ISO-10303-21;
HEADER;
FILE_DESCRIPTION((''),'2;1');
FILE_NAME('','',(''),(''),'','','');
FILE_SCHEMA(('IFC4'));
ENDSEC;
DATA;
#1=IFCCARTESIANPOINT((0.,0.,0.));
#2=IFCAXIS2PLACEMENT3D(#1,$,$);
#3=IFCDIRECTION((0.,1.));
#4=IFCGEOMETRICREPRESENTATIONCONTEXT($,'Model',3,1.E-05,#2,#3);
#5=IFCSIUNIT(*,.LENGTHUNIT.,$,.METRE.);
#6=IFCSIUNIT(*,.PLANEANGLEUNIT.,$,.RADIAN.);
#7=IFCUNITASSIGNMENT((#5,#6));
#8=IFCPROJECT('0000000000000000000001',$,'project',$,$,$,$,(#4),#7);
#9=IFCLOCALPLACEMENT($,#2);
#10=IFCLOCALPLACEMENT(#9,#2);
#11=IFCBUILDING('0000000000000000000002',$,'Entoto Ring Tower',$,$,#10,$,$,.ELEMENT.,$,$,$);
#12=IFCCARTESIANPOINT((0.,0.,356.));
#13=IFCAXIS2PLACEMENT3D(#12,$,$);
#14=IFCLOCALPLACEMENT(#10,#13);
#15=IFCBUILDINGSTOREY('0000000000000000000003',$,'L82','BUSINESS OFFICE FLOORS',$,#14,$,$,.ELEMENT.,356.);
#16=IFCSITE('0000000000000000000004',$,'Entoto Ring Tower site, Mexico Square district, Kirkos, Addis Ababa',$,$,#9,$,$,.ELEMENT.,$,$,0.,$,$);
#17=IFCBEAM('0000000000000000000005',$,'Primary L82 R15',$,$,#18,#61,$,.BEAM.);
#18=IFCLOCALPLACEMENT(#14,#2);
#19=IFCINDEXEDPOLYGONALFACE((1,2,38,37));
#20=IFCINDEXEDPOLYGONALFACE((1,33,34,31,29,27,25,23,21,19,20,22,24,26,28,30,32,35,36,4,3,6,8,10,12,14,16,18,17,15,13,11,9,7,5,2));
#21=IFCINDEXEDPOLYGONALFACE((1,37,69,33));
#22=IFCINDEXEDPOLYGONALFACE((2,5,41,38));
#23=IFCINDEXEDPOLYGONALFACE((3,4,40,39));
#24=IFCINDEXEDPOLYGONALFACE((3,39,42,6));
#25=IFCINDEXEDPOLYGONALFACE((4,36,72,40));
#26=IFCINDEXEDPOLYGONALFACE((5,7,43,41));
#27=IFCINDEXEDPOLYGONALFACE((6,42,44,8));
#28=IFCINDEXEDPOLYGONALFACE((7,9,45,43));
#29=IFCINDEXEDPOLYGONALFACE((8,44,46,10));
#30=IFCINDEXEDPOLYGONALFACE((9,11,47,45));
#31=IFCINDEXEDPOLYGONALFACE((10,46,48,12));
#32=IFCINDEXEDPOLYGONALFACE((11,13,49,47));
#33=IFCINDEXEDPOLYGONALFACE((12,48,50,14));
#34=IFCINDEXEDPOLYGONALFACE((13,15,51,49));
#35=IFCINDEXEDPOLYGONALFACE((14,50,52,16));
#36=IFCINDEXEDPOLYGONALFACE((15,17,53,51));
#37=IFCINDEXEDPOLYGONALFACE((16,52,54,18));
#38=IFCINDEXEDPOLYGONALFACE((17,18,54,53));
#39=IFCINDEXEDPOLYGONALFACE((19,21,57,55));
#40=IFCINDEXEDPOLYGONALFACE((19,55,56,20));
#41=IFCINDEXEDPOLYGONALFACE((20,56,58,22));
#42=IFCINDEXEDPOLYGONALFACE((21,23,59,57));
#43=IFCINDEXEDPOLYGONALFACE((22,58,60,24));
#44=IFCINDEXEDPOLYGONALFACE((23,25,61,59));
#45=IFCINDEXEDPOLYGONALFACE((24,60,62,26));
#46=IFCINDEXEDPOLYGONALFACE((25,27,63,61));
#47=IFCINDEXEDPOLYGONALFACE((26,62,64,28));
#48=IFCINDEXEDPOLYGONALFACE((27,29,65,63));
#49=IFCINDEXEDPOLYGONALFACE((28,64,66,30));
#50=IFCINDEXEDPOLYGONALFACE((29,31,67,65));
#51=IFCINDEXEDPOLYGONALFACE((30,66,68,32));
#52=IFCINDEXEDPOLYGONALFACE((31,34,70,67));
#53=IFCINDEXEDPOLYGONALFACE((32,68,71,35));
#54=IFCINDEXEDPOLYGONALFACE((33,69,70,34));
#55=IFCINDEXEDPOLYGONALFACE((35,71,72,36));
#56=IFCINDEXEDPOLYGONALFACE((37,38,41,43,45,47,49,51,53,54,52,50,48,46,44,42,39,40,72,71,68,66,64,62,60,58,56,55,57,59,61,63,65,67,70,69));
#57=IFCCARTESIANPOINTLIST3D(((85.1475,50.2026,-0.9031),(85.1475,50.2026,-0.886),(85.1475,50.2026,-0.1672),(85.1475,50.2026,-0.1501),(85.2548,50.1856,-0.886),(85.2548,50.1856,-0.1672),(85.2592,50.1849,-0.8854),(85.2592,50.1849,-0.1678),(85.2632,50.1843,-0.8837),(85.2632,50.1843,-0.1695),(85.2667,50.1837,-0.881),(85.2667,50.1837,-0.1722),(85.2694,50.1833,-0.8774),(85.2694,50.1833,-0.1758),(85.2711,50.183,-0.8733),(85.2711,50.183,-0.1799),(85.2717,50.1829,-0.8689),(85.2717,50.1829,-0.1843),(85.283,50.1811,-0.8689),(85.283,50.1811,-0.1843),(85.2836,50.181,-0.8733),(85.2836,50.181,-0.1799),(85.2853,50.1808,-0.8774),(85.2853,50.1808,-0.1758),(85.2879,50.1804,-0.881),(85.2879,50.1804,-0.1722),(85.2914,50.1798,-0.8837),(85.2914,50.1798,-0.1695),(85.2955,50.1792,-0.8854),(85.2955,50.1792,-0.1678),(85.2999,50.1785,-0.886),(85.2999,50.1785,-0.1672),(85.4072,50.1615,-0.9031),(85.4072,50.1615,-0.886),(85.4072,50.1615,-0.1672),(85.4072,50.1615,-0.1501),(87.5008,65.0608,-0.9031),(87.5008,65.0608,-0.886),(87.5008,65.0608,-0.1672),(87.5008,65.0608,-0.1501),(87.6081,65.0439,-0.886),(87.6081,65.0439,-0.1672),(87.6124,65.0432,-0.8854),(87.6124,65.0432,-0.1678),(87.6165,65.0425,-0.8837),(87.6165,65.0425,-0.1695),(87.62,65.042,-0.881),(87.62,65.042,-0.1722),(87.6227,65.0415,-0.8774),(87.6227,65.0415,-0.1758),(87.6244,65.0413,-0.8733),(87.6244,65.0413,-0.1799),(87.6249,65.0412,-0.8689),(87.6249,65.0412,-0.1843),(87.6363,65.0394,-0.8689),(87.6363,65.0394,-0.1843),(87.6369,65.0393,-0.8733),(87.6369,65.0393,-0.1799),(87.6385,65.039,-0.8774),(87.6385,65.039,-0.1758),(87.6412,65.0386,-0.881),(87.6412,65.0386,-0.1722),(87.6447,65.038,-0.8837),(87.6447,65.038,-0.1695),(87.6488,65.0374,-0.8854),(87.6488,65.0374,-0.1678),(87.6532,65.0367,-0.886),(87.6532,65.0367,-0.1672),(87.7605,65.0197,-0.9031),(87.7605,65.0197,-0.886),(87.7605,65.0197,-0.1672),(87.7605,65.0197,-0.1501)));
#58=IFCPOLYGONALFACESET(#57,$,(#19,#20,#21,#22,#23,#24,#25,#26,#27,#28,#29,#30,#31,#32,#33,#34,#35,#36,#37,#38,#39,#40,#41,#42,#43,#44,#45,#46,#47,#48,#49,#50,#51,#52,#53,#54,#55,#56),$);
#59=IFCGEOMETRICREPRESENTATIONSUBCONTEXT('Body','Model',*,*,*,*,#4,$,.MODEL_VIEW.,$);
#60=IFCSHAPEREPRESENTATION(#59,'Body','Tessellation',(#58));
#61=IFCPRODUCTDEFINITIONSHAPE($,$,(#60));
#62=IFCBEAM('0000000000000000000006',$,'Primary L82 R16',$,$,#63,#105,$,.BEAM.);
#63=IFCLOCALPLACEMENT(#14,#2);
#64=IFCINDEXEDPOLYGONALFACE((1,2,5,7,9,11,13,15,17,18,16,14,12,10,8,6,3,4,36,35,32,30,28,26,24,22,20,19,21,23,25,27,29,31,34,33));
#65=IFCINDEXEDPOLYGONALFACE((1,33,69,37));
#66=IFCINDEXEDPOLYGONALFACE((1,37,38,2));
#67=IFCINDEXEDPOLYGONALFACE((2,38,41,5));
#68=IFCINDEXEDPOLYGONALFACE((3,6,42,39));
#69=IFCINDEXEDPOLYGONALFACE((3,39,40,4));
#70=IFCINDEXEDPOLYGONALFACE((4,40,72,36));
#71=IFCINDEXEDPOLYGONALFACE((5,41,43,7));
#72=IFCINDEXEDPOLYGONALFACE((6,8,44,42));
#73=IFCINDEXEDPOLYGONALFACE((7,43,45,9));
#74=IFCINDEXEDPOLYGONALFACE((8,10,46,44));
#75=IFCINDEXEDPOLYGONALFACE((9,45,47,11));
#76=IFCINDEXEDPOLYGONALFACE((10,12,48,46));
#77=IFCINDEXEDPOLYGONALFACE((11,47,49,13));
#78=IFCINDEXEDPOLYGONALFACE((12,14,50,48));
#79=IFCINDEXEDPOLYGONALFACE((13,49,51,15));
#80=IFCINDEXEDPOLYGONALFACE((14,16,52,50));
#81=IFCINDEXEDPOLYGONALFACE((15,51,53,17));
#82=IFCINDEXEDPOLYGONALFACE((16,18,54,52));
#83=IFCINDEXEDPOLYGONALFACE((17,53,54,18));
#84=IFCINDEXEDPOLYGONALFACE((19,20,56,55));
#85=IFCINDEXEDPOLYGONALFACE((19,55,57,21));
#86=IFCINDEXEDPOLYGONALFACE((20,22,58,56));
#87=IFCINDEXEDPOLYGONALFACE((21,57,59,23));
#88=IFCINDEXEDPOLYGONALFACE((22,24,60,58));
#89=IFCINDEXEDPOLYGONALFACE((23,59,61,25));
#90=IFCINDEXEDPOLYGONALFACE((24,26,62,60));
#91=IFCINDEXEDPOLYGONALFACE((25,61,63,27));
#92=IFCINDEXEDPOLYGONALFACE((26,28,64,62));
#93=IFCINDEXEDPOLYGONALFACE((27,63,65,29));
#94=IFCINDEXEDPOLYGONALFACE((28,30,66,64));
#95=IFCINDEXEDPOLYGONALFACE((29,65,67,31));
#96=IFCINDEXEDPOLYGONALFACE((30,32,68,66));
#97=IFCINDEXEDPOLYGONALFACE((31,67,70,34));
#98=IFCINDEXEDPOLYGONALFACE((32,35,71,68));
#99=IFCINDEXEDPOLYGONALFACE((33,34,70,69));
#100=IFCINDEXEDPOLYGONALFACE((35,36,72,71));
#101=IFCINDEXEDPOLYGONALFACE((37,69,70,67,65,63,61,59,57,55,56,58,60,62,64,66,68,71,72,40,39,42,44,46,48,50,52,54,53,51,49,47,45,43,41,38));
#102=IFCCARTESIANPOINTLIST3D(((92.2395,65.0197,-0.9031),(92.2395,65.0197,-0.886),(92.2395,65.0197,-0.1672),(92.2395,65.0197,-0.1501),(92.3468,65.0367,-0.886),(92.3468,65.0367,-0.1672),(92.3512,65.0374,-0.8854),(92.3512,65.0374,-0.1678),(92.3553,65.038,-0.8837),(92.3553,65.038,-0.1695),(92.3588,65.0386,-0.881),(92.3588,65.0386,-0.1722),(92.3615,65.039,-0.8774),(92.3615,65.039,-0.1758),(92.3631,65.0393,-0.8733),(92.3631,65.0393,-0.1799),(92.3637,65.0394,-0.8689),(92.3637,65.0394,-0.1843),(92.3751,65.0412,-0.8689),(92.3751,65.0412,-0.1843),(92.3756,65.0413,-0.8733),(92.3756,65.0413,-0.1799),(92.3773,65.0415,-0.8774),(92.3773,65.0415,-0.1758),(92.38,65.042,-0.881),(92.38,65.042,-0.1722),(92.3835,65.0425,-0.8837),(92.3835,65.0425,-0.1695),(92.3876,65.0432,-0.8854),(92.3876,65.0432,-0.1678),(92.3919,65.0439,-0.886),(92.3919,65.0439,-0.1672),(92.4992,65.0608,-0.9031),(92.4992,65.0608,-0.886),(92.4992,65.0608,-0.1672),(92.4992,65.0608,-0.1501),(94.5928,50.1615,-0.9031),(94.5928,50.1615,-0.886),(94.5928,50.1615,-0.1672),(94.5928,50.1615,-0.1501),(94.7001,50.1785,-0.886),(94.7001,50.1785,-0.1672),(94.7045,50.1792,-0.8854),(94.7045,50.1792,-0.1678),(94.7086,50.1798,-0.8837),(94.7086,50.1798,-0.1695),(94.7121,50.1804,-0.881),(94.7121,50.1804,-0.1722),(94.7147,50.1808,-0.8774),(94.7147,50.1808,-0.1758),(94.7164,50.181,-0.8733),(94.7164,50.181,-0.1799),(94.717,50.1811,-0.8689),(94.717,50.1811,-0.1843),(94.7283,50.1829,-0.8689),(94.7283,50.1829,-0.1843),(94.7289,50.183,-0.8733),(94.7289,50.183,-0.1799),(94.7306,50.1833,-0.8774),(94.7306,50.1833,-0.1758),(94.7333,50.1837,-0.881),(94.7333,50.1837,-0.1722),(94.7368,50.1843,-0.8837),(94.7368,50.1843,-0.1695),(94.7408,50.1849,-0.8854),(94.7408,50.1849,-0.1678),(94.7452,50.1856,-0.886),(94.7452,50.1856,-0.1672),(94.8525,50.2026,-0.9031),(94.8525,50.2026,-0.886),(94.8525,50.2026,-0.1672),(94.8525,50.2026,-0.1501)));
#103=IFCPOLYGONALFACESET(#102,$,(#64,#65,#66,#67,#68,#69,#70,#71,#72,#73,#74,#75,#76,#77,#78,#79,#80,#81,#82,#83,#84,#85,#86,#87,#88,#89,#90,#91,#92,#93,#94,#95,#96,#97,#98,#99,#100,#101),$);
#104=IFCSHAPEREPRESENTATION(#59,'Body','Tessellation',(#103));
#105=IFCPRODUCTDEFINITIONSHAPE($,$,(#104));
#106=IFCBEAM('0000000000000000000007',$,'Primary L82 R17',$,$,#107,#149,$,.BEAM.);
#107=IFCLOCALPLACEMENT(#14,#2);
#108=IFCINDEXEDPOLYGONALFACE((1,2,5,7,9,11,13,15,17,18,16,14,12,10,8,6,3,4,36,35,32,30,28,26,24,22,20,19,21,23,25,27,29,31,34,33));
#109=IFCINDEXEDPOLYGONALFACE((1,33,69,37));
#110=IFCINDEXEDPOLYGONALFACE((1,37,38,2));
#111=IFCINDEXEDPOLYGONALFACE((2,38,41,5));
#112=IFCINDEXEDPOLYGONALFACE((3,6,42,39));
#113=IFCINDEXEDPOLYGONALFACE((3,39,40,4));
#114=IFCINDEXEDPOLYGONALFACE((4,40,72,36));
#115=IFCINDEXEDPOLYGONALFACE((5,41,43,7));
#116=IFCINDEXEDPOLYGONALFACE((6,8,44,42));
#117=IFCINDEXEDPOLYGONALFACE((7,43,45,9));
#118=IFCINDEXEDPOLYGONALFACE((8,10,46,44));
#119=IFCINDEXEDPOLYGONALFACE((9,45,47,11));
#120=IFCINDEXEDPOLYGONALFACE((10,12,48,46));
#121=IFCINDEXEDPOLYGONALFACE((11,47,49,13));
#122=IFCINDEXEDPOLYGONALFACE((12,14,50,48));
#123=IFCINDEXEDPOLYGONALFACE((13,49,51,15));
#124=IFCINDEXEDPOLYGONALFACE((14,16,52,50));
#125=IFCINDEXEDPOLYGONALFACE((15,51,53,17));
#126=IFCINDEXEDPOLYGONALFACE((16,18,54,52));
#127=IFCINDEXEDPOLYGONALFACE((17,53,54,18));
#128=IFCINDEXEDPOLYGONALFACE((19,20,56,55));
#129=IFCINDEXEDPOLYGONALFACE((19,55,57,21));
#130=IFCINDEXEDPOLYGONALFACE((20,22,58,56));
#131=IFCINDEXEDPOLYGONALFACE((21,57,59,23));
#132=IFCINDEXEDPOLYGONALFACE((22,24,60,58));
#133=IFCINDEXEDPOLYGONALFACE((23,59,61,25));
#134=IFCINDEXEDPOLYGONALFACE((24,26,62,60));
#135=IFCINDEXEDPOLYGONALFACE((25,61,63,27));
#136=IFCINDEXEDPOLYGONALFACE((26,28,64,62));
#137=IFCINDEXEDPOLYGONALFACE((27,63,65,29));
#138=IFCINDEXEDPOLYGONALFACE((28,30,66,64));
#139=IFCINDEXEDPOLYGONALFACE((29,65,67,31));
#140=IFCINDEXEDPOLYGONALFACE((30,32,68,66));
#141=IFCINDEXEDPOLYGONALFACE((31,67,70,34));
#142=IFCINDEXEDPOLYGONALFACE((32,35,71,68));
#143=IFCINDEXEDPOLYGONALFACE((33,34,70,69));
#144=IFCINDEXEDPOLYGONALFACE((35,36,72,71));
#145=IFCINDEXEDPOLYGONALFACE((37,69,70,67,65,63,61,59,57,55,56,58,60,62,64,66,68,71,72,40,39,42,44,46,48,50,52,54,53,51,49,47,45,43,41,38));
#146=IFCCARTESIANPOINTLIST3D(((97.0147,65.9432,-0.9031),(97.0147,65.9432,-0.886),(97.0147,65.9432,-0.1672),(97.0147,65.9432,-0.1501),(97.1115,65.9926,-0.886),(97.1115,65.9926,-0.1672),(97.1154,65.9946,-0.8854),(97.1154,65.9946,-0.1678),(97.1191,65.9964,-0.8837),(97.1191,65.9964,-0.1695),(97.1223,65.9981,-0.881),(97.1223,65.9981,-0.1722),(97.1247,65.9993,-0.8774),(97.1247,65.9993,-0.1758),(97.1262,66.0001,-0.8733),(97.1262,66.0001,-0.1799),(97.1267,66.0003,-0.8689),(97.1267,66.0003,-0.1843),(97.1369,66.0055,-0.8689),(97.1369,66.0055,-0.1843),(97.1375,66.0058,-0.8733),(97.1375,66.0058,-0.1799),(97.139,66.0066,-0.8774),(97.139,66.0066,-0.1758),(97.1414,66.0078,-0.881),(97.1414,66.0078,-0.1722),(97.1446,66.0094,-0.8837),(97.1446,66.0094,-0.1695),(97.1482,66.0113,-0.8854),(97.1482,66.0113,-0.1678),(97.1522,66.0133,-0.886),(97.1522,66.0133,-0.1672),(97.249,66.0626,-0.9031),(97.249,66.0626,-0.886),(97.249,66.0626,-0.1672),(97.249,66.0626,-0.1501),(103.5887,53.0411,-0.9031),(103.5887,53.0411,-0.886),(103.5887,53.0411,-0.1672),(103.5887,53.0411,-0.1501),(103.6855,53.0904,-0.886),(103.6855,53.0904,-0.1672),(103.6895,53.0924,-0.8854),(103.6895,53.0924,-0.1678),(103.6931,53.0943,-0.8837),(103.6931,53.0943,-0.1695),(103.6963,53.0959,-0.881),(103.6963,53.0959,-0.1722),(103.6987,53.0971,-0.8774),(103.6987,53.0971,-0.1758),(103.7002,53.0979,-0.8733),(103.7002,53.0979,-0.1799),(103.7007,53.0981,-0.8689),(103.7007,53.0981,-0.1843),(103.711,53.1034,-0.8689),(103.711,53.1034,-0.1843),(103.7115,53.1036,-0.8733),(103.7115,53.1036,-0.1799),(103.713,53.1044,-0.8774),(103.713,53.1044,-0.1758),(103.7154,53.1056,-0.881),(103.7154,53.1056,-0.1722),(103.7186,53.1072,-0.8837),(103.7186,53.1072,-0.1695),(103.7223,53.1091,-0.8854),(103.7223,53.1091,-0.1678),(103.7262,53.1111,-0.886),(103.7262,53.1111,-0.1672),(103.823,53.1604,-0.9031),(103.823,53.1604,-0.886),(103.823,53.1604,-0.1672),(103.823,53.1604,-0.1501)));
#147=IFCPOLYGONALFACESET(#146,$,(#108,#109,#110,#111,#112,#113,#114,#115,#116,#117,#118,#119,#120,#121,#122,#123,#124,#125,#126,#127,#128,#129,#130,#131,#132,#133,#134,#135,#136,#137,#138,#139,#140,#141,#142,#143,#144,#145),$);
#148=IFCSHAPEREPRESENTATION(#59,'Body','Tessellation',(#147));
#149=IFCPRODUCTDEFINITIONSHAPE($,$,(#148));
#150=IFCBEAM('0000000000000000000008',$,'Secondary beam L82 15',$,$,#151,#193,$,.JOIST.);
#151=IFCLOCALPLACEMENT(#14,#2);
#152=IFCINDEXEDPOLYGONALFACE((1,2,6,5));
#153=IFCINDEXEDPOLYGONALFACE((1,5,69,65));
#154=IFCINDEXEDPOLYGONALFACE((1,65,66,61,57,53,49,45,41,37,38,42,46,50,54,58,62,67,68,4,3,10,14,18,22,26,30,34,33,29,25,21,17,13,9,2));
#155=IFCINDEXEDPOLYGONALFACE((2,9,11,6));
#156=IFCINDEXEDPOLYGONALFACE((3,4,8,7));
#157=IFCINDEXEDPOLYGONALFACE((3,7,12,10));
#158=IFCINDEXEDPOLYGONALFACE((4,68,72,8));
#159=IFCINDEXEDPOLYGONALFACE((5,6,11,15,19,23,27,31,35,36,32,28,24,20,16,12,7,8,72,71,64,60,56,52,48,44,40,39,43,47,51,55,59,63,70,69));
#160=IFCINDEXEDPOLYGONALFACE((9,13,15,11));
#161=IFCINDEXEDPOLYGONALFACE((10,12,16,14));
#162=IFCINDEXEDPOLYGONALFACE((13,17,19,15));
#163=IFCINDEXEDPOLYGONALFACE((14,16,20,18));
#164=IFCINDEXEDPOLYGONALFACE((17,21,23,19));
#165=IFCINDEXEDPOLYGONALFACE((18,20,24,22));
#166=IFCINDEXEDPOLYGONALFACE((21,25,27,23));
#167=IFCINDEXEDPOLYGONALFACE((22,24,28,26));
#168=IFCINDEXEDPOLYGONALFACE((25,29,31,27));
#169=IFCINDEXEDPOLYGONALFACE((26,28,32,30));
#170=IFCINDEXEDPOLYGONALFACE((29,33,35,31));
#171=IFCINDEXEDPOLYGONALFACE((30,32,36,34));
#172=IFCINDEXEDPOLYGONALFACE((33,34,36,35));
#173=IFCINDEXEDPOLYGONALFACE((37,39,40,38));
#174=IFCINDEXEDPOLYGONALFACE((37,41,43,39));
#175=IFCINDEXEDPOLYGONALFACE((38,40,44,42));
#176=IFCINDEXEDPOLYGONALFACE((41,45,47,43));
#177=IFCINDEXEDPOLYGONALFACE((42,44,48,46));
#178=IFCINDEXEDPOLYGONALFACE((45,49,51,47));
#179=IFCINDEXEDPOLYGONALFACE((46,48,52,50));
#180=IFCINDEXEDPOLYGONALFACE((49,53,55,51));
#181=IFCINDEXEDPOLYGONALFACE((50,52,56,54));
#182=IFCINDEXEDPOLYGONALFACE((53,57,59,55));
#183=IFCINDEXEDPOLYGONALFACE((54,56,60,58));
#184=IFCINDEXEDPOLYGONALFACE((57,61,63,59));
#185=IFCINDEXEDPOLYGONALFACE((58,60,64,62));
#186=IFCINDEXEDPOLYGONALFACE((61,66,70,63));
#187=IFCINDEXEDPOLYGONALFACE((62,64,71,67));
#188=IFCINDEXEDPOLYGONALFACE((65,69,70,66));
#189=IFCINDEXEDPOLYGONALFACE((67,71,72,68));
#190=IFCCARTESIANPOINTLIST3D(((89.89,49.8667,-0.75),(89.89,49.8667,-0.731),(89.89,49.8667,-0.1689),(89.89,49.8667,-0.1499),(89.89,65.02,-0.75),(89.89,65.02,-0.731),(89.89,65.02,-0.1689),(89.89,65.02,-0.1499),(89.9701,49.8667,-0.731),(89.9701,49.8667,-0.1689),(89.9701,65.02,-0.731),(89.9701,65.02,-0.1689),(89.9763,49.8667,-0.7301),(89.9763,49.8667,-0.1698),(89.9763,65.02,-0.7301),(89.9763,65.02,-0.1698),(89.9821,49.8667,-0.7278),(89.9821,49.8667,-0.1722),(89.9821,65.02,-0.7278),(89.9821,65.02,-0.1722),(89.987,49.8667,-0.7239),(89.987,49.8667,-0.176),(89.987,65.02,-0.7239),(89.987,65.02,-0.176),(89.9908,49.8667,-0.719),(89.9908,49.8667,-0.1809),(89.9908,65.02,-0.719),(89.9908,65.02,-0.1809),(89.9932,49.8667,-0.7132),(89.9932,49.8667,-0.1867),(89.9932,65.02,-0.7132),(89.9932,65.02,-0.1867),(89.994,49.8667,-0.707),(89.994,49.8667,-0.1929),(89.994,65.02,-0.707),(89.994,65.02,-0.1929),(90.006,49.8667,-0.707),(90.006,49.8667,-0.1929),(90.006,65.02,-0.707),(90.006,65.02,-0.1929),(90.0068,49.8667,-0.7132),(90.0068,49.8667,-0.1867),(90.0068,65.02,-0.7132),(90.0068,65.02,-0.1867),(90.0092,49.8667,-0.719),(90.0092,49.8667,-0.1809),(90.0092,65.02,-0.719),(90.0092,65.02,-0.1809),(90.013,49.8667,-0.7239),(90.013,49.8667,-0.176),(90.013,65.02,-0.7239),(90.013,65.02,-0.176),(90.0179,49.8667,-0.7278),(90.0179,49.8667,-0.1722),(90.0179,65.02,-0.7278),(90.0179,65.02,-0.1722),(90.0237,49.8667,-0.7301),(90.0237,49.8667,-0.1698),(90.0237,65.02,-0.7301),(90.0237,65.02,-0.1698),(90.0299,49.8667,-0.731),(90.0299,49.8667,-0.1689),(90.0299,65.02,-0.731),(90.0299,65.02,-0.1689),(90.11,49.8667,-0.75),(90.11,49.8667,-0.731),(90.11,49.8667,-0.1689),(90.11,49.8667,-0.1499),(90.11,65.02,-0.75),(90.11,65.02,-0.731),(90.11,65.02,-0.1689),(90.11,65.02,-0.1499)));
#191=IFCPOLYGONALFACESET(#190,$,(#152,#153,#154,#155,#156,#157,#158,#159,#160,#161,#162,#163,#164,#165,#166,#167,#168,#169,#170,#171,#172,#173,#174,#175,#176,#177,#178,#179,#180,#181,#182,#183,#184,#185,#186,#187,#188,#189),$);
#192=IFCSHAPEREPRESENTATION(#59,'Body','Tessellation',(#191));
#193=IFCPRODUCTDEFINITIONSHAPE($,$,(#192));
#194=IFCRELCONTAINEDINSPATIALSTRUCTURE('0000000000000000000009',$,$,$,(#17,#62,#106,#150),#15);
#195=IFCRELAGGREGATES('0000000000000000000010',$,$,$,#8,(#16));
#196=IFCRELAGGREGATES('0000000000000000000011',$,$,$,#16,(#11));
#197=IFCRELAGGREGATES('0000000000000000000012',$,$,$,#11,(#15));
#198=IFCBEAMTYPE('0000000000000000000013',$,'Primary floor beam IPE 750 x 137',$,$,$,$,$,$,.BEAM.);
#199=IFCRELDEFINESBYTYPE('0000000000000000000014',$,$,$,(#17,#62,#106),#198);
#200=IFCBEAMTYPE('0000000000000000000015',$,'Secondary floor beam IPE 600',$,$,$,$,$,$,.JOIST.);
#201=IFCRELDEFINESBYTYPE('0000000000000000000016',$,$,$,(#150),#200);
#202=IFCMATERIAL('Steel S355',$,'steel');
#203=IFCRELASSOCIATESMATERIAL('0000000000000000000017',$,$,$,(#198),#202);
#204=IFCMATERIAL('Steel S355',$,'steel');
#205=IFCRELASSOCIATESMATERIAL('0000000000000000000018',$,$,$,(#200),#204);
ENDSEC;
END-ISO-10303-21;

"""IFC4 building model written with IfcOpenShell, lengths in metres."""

from ifc_helpers import new_model, si_unit, direction, frame, origin, origin_2d, place, context, subcontext, project, spatial, i_section, extrude, material, material_profile, profile_set, type_object, element, save


model = new_model("IFC4")

# Units and contexts
model_context = context("Model", 3, precision=1e-05, world=origin(), true_north=direction((0.0, 1.0)))
body_context = subcontext(model_context, "Body", "Model", "MODEL_VIEW")
ifc_project = project(units=[si_unit("LENGTHUNIT", "METRE"), si_unit("PLANEANGLEUNIT", "RADIAN")], contexts=[model_context])

# Site, building, storey
site_placement = place(None, origin())
site = spatial("IfcSite", under=ifc_project, at=site_placement, Name="Entoto Ring Tower site, Mexico Square district, Kirkos, Addis Ababa", CompositionType="ELEMENT", RefElevation=0.0)
building_placement = place(site_placement, origin())
building = spatial("IfcBuilding", under=site, at=building_placement, Name="Entoto Ring Tower", CompositionType="ELEMENT")
storey_placement = place(building_placement, frame((0.0, 0.0, 356.0)))
storey = spatial("IfcBuildingStorey", under=building, at=storey_placement, Name="L82", Description="BUSINESS OFFICE FLOORS", CompositionType="ELEMENT", Elevation=356.0)

# Beams
ifc_material_1 = material(Name="Steel S355", Category="steel")
ifc_material_profile_1 = material_profile(ifc_material_1, i_section(OverallWidth=0.2629, OverallDepth=0.7529, WebThickness=0.0115, FlangeThickness=0.0171, FilletRadius=0.0171, at=origin_2d()), Name="IPE 750 x 137")
ifc_profile_set_1 = profile_set([ifc_material_profile_1], Name="Steel S355")
beam_type_1 = type_object("IfcBeamType", Name="Primary floor beam IPE 750 x 137", PredefinedType="BEAM", material=ifc_profile_set_1)
for number, where, z_axis, x_axis, name in (
    (1, (87.6306, 65.0403, -0.5266), (-0.156433, -0.987689, 0.0), (0.987689, -0.156433, 0.0), "Primary L82 R15"),
    (2, (92.3694, 65.0403, -0.5266), (0.156433, -0.987689, 0.0), (0.987689, 0.156433, 0.0), "Primary L82 R16"),
):
    element("IfcBeam", number, at=place(storey_placement, frame(where, z_axis=z_axis, x_axis=x_axis)), inside=storey, type_object=beam_type_1, Name=name, PredefinedType="BEAM", context=body_context, shape_type="SweptSolid", body=[
        extrude(i_section(OverallWidth=0.2629, OverallDepth=0.7529, WebThickness=0.0115, FlangeThickness=0.0171, FilletRadius=0.0171, at=origin_2d()), origin(), (0.0, 0.0, 1.0), 15.0435),
    ])
beam_1_placement = place(storey_placement, frame((97.1318, 66.0029, -0.5266), z_axis=(0.453992, -0.891006, 0.0), x_axis=(0.891006, 0.453992, 0.0)))
element("IfcBeam", 3, at=beam_1_placement, inside=storey, type_object=beam_type_1, Name="Primary L82 R17", PredefinedType="BEAM", context=body_context, shape_type="SweptSolid", body=[
    extrude(i_section(OverallWidth=0.2629, OverallDepth=0.7529, WebThickness=0.0115, FlangeThickness=0.0171, FilletRadius=0.0171, at=origin_2d()), origin(), (0.0, 0.0, 1.0), 14.4805),
])
ifc_material_2 = material(Name="Steel S355", Category="steel")
ifc_material_profile_2 = material_profile(ifc_material_2, i_section(OverallWidth=0.22, OverallDepth=0.6001, WebThickness=0.012, FlangeThickness=0.019, FilletRadius=0.0239, at=origin_2d()), Name="IPE 600")
ifc_profile_set_2 = profile_set([ifc_material_profile_2], Name="Steel S355")
beam_type_2 = type_object("IfcBeamType", Name="Secondary floor beam IPE 600", PredefinedType="JOIST", material=ifc_profile_set_2)
beam_2_placement = place(storey_placement, frame((90.0, 65.02, -0.45), z_axis=(0.0, -1.0, 0.0), x_axis=(1.0, 0.0, 0.0)))
element("IfcBeam", 4, at=beam_2_placement, inside=storey, type_object=beam_type_2, Name="Secondary beam L82 15", PredefinedType="JOIST", context=body_context, shape_type="SweptSolid", body=[
    extrude(i_section(OverallWidth=0.22, OverallDepth=0.6001, WebThickness=0.012, FlangeThickness=0.019, FilletRadius=0.0239, at=origin_2d()), origin(), (0.0, 0.0, 1.0), 15.1533),
])

save(model, "model.ifc")
